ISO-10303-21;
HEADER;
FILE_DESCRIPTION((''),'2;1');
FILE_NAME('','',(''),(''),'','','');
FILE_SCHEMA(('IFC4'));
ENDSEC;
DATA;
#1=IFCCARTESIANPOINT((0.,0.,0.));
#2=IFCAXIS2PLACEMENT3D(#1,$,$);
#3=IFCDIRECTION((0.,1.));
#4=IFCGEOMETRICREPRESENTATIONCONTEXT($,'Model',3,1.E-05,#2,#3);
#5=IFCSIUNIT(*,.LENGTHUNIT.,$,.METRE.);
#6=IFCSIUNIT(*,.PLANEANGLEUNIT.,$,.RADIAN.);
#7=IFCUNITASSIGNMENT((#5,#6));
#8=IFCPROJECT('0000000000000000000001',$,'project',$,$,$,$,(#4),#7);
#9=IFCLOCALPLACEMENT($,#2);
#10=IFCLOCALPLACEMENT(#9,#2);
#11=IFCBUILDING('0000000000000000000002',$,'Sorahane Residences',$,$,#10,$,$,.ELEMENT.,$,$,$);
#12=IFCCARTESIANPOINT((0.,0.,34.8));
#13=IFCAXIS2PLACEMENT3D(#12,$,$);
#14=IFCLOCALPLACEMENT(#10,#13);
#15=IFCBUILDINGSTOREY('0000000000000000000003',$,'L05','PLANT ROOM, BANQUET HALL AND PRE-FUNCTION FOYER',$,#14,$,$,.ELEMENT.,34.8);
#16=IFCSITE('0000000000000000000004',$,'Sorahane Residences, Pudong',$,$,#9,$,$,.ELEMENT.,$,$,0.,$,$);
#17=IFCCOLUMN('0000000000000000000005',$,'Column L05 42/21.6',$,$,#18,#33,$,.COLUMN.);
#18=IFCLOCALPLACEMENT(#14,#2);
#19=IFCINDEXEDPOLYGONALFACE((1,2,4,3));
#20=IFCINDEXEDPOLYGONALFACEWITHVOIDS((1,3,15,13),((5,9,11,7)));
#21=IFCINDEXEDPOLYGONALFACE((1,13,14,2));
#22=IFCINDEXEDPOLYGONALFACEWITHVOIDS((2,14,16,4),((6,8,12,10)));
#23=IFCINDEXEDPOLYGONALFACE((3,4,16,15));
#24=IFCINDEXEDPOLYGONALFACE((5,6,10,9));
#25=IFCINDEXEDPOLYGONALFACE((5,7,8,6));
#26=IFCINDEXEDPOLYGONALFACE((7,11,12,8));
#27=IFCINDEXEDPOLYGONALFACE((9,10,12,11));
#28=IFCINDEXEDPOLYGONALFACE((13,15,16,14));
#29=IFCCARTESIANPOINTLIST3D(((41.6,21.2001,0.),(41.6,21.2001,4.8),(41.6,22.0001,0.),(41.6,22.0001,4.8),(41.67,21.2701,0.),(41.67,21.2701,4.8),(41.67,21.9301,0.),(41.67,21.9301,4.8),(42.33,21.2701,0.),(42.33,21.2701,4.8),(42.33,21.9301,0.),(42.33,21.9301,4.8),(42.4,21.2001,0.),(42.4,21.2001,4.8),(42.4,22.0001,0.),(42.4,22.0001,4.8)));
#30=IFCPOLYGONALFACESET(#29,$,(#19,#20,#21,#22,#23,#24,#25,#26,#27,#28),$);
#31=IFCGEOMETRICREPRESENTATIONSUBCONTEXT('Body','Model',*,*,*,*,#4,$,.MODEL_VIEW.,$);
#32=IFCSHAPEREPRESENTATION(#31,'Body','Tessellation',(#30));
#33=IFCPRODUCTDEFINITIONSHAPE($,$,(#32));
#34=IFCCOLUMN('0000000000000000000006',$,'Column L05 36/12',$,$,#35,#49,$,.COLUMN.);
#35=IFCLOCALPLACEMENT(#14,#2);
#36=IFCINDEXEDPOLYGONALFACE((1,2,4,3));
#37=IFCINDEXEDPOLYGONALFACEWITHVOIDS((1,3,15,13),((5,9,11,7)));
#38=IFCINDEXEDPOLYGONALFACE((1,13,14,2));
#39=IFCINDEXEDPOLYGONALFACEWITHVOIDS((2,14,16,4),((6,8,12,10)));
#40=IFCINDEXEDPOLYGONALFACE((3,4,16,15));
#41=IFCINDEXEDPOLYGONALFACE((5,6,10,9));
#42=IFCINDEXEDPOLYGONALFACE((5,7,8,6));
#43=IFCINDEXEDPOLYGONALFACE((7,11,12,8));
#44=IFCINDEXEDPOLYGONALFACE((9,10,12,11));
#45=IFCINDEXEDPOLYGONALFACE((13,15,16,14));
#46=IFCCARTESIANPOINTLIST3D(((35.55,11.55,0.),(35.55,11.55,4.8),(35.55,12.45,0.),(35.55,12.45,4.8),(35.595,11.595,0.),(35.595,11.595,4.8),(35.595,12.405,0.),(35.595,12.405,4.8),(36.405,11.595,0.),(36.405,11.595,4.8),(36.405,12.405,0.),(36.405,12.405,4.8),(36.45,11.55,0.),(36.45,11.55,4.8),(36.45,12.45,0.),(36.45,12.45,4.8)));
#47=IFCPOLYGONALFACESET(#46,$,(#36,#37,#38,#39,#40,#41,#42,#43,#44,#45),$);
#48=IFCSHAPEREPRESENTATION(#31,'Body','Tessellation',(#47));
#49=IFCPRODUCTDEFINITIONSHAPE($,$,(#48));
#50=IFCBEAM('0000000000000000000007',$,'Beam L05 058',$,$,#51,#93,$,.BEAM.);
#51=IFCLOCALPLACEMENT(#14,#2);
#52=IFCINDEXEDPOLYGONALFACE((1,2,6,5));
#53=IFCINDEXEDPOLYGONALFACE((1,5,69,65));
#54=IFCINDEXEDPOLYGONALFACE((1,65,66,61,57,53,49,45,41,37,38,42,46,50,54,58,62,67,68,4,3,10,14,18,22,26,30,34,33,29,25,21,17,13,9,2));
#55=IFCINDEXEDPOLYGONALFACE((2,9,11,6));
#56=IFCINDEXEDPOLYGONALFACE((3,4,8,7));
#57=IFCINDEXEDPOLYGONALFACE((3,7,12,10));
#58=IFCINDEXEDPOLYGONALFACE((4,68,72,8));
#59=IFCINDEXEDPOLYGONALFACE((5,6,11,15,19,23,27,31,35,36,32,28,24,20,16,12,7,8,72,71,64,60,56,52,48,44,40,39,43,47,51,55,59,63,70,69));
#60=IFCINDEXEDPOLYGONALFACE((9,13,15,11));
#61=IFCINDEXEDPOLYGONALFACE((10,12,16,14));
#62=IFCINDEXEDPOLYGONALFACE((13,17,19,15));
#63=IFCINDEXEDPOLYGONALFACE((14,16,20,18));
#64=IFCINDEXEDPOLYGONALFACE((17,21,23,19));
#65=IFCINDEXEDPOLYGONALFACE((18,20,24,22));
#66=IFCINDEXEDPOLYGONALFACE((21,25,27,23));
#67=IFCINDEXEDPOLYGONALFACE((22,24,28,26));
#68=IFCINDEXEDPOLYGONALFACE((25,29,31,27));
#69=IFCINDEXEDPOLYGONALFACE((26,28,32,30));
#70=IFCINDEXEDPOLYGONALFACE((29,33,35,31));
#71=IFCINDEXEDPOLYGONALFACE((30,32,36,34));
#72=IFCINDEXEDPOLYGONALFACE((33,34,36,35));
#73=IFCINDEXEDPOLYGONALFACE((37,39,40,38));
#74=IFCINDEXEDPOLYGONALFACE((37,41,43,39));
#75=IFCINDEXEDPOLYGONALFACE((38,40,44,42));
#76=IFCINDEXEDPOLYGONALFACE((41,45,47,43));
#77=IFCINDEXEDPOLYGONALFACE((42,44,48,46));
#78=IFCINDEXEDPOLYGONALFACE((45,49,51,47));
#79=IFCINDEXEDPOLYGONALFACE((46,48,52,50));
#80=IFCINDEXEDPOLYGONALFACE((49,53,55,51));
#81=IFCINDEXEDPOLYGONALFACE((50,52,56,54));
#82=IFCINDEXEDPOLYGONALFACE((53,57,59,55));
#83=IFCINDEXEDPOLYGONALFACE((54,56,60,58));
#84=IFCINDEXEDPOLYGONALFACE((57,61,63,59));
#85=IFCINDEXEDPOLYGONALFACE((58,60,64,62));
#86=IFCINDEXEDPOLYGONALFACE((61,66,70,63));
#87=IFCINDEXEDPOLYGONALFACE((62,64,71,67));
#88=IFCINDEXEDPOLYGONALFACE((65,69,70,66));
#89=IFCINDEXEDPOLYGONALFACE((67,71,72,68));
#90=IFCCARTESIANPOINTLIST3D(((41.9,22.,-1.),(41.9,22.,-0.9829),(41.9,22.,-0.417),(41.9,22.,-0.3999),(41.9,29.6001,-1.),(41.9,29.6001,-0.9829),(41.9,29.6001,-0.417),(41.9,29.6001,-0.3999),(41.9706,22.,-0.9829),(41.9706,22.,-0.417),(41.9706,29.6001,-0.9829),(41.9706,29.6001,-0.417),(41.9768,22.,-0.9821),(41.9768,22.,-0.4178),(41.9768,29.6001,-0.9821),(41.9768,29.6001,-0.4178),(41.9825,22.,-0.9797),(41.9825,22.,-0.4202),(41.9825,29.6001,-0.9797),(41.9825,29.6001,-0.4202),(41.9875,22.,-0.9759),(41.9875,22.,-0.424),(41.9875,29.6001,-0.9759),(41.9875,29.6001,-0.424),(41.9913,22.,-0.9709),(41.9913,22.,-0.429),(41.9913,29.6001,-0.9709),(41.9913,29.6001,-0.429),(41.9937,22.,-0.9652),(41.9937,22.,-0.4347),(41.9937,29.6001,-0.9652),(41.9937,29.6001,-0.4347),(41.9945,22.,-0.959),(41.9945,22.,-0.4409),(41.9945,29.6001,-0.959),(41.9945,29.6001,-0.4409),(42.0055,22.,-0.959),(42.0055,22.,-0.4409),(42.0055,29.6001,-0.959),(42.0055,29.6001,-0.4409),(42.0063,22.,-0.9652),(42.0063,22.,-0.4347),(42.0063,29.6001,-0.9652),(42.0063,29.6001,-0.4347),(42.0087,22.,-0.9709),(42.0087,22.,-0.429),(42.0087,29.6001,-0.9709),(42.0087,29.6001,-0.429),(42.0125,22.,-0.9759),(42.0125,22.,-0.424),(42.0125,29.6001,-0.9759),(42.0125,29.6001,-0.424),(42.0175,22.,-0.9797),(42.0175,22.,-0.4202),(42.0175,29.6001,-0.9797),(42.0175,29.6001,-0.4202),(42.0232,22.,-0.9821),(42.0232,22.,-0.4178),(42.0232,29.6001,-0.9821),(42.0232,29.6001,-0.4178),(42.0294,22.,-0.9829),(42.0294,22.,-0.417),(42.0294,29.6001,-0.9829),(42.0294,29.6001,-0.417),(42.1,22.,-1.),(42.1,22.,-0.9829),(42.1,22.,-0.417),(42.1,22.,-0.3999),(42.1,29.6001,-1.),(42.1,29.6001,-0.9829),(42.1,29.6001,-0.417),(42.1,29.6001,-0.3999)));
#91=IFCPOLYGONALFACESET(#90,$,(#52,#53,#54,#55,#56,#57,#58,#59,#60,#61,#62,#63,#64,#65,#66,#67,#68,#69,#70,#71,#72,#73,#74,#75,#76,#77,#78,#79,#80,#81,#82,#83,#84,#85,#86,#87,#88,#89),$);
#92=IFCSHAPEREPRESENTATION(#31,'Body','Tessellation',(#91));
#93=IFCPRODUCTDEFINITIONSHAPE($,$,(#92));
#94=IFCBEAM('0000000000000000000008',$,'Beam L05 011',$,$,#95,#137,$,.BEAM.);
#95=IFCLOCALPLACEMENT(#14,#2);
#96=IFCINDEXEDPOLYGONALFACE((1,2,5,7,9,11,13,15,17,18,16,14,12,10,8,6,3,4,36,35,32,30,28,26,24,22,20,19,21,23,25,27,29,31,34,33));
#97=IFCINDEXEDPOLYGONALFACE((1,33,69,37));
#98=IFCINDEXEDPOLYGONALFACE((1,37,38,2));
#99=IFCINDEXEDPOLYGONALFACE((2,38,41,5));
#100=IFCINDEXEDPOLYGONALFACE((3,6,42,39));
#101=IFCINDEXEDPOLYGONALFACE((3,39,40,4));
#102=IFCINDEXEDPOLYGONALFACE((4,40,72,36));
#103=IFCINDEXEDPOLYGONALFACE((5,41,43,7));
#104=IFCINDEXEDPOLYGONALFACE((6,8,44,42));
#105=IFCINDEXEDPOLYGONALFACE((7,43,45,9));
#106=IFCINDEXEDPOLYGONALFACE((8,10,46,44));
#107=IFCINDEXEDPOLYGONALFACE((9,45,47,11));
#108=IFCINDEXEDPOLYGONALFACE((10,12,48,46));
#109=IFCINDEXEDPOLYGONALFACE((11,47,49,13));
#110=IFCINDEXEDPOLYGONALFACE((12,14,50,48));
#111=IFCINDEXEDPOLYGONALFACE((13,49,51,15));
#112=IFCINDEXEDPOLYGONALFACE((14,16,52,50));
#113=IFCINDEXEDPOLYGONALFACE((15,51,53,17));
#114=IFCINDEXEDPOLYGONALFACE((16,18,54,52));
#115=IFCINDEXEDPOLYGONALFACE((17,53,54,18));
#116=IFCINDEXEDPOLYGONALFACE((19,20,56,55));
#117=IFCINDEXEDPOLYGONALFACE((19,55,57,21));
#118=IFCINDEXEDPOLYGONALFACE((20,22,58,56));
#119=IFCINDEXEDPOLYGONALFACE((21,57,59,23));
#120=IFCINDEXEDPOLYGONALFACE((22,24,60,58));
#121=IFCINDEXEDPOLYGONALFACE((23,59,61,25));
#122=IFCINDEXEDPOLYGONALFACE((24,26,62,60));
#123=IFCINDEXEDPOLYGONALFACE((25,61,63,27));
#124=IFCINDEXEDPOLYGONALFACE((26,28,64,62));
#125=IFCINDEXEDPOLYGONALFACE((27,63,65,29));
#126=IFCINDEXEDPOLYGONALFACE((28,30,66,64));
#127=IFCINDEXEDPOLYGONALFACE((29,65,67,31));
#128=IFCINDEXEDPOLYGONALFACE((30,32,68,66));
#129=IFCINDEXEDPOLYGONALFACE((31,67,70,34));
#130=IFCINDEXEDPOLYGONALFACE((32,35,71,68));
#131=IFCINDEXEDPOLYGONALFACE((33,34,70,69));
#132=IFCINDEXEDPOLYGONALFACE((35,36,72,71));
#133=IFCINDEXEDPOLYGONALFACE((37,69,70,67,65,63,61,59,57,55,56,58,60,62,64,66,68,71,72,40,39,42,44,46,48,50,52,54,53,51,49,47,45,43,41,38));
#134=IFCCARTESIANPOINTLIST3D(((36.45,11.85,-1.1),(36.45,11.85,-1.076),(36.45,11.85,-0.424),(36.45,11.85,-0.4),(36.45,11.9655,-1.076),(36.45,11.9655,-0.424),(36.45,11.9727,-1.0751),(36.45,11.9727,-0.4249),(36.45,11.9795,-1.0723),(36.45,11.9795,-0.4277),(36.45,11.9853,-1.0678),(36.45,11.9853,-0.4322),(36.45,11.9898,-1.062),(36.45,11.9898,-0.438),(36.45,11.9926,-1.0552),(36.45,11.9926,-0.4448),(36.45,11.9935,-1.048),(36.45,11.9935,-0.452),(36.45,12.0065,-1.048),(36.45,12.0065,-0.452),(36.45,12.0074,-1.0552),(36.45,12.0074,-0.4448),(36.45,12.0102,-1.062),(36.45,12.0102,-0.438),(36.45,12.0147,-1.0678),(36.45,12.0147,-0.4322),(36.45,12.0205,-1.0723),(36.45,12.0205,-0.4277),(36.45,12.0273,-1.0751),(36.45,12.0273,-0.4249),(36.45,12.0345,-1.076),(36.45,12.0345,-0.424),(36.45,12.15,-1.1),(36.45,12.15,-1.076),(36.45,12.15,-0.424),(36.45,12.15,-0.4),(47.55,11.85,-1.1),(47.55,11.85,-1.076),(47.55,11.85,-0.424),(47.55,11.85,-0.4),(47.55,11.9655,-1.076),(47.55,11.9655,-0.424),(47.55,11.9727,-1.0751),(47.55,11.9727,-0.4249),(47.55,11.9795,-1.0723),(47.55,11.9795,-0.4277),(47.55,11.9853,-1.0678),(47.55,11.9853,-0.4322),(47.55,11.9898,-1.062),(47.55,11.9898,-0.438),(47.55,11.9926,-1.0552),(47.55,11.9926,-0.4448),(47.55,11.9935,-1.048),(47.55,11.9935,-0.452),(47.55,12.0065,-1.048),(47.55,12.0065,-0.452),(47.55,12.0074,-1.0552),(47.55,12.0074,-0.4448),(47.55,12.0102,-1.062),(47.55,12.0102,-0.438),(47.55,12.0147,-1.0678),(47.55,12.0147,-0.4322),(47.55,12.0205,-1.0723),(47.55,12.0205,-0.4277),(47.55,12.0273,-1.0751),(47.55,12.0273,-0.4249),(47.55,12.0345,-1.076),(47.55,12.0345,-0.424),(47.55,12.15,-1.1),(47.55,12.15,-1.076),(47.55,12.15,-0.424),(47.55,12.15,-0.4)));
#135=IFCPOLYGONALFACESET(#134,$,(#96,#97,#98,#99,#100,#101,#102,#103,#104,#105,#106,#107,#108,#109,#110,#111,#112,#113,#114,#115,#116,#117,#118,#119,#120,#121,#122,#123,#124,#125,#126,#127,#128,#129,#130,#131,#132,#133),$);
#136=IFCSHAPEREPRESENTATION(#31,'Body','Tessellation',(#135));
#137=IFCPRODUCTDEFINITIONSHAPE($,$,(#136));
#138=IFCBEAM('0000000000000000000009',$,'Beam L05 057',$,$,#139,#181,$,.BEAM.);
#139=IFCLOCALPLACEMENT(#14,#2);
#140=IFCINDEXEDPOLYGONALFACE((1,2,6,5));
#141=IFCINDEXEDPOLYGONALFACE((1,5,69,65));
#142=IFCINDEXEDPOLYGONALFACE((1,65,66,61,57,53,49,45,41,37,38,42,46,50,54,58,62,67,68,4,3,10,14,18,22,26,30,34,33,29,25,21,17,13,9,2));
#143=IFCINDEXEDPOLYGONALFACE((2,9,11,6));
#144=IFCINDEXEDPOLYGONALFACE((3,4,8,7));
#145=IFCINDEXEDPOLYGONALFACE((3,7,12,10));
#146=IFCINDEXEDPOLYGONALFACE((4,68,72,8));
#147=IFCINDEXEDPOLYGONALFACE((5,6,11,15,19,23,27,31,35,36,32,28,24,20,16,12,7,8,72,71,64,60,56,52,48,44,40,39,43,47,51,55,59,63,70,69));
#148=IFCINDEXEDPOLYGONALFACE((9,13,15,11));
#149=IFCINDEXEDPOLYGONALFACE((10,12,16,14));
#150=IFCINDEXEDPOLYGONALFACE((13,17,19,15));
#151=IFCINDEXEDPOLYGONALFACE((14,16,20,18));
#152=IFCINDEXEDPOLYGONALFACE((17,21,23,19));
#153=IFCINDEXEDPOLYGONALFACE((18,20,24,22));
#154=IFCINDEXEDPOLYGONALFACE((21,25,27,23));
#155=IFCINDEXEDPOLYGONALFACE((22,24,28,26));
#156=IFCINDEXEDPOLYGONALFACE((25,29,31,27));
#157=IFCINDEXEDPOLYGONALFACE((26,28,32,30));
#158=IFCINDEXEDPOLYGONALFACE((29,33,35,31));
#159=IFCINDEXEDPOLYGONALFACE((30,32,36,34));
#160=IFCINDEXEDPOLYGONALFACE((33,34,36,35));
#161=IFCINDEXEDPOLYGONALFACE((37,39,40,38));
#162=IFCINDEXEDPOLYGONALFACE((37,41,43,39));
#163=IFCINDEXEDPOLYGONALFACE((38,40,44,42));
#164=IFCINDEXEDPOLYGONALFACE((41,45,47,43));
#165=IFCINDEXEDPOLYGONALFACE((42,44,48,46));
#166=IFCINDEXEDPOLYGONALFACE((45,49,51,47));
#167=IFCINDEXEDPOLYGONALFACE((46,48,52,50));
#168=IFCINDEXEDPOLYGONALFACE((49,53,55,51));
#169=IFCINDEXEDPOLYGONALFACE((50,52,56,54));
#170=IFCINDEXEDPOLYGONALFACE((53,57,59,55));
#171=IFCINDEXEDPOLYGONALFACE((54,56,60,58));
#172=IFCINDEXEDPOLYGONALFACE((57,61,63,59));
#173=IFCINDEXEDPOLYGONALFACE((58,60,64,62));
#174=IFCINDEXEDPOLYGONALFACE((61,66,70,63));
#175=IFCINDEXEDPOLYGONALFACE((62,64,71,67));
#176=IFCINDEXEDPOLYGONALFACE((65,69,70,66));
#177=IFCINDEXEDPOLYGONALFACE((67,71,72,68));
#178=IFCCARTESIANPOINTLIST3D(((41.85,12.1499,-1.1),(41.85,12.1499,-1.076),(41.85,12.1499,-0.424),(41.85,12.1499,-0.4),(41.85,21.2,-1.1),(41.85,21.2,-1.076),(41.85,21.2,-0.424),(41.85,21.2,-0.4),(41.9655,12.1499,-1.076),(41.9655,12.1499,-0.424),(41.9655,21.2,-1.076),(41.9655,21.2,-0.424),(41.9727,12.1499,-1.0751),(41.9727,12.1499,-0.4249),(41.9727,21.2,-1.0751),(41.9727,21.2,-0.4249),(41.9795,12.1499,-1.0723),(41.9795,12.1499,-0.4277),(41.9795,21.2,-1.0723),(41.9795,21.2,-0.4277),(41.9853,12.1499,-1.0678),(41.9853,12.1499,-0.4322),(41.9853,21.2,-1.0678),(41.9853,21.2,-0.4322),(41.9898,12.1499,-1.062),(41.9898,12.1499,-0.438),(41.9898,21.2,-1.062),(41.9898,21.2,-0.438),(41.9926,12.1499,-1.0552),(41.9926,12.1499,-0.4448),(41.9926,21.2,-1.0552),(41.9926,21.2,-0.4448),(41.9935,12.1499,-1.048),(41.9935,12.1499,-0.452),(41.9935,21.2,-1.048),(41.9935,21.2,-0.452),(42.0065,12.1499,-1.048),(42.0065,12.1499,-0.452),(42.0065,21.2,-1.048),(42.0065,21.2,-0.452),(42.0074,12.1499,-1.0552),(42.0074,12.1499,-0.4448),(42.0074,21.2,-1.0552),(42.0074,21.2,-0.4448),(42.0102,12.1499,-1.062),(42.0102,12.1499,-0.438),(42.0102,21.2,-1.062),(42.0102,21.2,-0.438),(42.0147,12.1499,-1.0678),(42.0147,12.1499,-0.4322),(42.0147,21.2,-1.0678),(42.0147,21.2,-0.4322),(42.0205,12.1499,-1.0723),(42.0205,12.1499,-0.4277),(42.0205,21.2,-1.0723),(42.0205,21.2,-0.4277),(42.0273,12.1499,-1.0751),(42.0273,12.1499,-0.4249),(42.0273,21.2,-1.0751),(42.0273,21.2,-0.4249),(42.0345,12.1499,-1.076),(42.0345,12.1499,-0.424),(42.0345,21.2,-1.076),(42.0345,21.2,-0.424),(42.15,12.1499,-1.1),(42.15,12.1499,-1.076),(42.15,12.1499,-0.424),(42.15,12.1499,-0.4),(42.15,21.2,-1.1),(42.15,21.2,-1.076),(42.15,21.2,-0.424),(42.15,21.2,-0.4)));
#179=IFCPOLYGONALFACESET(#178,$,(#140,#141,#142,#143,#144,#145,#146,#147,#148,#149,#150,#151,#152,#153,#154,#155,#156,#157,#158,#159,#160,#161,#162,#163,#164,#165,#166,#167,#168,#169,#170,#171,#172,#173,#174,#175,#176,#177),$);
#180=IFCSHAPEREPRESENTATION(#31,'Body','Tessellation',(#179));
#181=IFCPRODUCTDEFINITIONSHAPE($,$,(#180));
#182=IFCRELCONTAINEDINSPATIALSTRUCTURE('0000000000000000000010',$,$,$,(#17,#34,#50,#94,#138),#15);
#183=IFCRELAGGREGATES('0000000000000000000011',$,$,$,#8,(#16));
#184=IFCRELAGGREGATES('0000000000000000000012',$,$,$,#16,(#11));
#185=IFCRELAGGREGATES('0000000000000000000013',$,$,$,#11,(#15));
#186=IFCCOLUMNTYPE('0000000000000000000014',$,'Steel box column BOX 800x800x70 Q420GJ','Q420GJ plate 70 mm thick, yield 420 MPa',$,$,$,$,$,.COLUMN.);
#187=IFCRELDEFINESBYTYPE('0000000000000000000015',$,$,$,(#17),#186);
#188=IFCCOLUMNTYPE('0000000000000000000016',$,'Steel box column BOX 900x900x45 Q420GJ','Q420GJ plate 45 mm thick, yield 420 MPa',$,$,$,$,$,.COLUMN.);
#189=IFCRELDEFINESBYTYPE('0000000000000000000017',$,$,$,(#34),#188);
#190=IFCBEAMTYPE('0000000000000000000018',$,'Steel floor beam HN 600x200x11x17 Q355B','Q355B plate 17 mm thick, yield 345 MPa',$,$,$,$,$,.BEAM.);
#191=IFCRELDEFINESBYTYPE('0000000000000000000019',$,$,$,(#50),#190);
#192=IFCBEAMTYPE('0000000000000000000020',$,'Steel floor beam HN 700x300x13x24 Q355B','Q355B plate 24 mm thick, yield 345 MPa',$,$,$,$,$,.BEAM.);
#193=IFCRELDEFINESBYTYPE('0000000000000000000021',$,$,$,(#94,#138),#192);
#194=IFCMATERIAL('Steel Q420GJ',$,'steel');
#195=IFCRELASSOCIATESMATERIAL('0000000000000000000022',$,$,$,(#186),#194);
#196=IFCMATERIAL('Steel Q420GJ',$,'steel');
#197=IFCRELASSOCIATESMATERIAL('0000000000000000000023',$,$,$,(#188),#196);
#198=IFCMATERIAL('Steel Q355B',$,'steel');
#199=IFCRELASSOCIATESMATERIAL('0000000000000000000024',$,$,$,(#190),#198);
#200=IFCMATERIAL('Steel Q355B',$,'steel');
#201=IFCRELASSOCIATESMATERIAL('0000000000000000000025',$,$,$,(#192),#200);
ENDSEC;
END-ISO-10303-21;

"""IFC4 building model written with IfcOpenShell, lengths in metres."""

from ifc_helpers import new_model, si_unit, direction, frame, origin, origin_2d, place, context, subcontext, project, spatial, hollow_rectangle, i_section, extrude, material, material_profile, profile_set, type_object, element, save


model = new_model("IFC4")

# Units and contexts
model_context = context("Model", 3, precision=1e-05, world=origin(), true_north=direction((0.0, 1.0)))
body_context = subcontext(model_context, "Body", "Model", "MODEL_VIEW")
ifc_project = project(units=[si_unit("LENGTHUNIT", "METRE"), si_unit("PLANEANGLEUNIT", "RADIAN")], contexts=[model_context])

# Site, building, storey
site_placement = place(None, origin())
site = spatial("IfcSite", under=ifc_project, at=site_placement, Name="Sorahane Residences, Pudong", CompositionType="ELEMENT", RefElevation=0.0)
building_placement = place(site_placement, origin())
building = spatial("IfcBuilding", under=site, at=building_placement, Name="Sorahane Residences", CompositionType="ELEMENT")
storey_placement = place(building_placement, frame((0.0, 0.0, 34.8)))
storey = spatial("IfcBuildingStorey", under=building, at=storey_placement, Name="L05", Description="PLANT ROOM, BANQUET HALL AND PRE-FUNCTION FOYER", CompositionType="ELEMENT", Elevation=34.8)

# Columns
ifc_material_1 = material(Name="Steel Q420GJ", Category="steel")
ifc_material_profile_1 = material_profile(ifc_material_1, hollow_rectangle(XDim=0.8, YDim=0.8, WallThickness=0.0701, at=origin_2d()), Name="BOX 800x800x70")
ifc_profile_set_1 = profile_set([ifc_material_profile_1], Name="Steel Q420GJ")
column_type_1 = type_object("IfcColumnType", Name="Steel box column BOX 800x800x70 Q420GJ", Description="Q420GJ plate 70 mm thick, yield 420 MPa", PredefinedType="COLUMN", material=ifc_profile_set_1)
column_1_placement = place(storey_placement, frame((42.0, 21.6001, 0.0), z_axis=(0.0, 0.0, 1.0), x_axis=(1.0, 0.0, 0.0)))
element("IfcColumn", 1, at=column_1_placement, inside=storey, type_object=column_type_1, Name="Column L05 42/21.6", PredefinedType="COLUMN", context=body_context, shape_type="SweptSolid", body=[
    extrude(hollow_rectangle(XDim=0.8, YDim=0.8, WallThickness=0.0701, at=origin_2d()), origin(), (0.0, 0.0, 1.0), 4.8),
])
ifc_material_2 = material(Name="Steel Q420GJ", Category="steel")
ifc_material_profile_2 = material_profile(ifc_material_2, hollow_rectangle(XDim=0.8999, YDim=0.8999, WallThickness=0.0449, at=origin_2d()), Name="BOX 900x900x45")
ifc_profile_set_2 = profile_set([ifc_material_profile_2], Name="Steel Q420GJ")
column_type_2 = type_object("IfcColumnType", Name="Steel box column BOX 900x900x45 Q420GJ", Description="Q420GJ plate 45 mm thick, yield 420 MPa", PredefinedType="COLUMN", material=ifc_profile_set_2)
column_2_placement = place(storey_placement, frame((36.0, 12.0, 0.0), z_axis=(0.0, 0.0, 1.0), x_axis=(1.0, 0.0, 0.0)))
element("IfcColumn", 2, at=column_2_placement, inside=storey, type_object=column_type_2, Name="Column L05 36/12", PredefinedType="COLUMN", context=body_context, shape_type="SweptSolid", body=[
    extrude(hollow_rectangle(XDim=0.8999, YDim=0.8999, WallThickness=0.0449, at=origin_2d()), origin(), (0.0, 0.0, 1.0), 4.8),
])

# Beams
ifc_material_3 = material(Name="Steel Q355B", Category="steel")
ifc_material_profile_3 = material_profile(ifc_material_3, i_section(OverallWidth=0.2, OverallDepth=0.6001, WebThickness=0.011, FlangeThickness=0.0171, FilletRadius=0.0239, at=origin_2d()), Name="HN 600x200x11x17")
ifc_profile_set_3 = profile_set([ifc_material_profile_3], Name="Steel Q355B")
beam_type_1 = type_object("IfcBeamType", Name="Steel floor beam HN 600x200x11x17 Q355B", Description="Q355B plate 17 mm thick, yield 345 MPa", PredefinedType="BEAM", material=ifc_profile_set_3)
beam_1_placement = place(storey_placement, frame((42.0, 22.0, -0.7), z_axis=(0.0, 1.0, 0.0), x_axis=(-1.0, 0.0, 0.0)))
element("IfcBeam", 3, at=beam_1_placement, inside=storey, type_object=beam_type_1, Name="Beam L05 058", PredefinedType="BEAM", context=body_context, shape_type="SweptSolid", body=[
    extrude(i_section(OverallWidth=0.2, OverallDepth=0.6001, WebThickness=0.011, FlangeThickness=0.0171, FilletRadius=0.0239, at=origin_2d()), origin(), (0.0, 0.0, 1.0), 7.6001),
])
ifc_material_4 = material(Name="Steel Q355B", Category="steel")
ifc_material_profile_4 = material_profile(ifc_material_4, i_section(OverallWidth=0.3, OverallDepth=0.7, WebThickness=0.0129, FlangeThickness=0.0239, FilletRadius=0.0281, at=origin_2d()), Name="HN 700x300x13x24")
ifc_profile_set_4 = profile_set([ifc_material_profile_4], Name="Steel Q355B")
beam_type_2 = type_object("IfcBeamType", Name="Steel floor beam HN 700x300x13x24 Q355B", Description="Q355B plate 24 mm thick, yield 345 MPa", PredefinedType="BEAM", material=ifc_profile_set_4)
beam_2_placement = place(storey_placement, frame((36.45, 12.0, -0.75), z_axis=(1.0, 0.0, 0.0), x_axis=(0.0, 1.0, 0.0)))
element("IfcBeam", 4, at=beam_2_placement, inside=storey, type_object=beam_type_2, Name="Beam L05 011", PredefinedType="BEAM", context=body_context, shape_type="SweptSolid", body=[
    extrude(i_section(OverallWidth=0.3, OverallDepth=0.7, WebThickness=0.0129, FlangeThickness=0.0239, FilletRadius=0.0281, at=origin_2d()), origin(), (0.0, 0.0, 1.0), 11.1001),
])
beam_3_placement = place(storey_placement, frame((42.0, 12.1499, -0.75), z_axis=(0.0, 1.0, 0.0), x_axis=(-1.0, 0.0, 0.0)))
element("IfcBeam", 5, at=beam_3_placement, inside=storey, type_object=beam_type_2, Name="Beam L05 057", PredefinedType="BEAM", context=body_context, shape_type="SweptSolid", body=[
    extrude(i_section(OverallWidth=0.3, OverallDepth=0.7, WebThickness=0.0129, FlangeThickness=0.0239, FilletRadius=0.0281, at=origin_2d()), origin(), (0.0, 0.0, 1.0), 9.05),
])

save(model, "model.ifc")
